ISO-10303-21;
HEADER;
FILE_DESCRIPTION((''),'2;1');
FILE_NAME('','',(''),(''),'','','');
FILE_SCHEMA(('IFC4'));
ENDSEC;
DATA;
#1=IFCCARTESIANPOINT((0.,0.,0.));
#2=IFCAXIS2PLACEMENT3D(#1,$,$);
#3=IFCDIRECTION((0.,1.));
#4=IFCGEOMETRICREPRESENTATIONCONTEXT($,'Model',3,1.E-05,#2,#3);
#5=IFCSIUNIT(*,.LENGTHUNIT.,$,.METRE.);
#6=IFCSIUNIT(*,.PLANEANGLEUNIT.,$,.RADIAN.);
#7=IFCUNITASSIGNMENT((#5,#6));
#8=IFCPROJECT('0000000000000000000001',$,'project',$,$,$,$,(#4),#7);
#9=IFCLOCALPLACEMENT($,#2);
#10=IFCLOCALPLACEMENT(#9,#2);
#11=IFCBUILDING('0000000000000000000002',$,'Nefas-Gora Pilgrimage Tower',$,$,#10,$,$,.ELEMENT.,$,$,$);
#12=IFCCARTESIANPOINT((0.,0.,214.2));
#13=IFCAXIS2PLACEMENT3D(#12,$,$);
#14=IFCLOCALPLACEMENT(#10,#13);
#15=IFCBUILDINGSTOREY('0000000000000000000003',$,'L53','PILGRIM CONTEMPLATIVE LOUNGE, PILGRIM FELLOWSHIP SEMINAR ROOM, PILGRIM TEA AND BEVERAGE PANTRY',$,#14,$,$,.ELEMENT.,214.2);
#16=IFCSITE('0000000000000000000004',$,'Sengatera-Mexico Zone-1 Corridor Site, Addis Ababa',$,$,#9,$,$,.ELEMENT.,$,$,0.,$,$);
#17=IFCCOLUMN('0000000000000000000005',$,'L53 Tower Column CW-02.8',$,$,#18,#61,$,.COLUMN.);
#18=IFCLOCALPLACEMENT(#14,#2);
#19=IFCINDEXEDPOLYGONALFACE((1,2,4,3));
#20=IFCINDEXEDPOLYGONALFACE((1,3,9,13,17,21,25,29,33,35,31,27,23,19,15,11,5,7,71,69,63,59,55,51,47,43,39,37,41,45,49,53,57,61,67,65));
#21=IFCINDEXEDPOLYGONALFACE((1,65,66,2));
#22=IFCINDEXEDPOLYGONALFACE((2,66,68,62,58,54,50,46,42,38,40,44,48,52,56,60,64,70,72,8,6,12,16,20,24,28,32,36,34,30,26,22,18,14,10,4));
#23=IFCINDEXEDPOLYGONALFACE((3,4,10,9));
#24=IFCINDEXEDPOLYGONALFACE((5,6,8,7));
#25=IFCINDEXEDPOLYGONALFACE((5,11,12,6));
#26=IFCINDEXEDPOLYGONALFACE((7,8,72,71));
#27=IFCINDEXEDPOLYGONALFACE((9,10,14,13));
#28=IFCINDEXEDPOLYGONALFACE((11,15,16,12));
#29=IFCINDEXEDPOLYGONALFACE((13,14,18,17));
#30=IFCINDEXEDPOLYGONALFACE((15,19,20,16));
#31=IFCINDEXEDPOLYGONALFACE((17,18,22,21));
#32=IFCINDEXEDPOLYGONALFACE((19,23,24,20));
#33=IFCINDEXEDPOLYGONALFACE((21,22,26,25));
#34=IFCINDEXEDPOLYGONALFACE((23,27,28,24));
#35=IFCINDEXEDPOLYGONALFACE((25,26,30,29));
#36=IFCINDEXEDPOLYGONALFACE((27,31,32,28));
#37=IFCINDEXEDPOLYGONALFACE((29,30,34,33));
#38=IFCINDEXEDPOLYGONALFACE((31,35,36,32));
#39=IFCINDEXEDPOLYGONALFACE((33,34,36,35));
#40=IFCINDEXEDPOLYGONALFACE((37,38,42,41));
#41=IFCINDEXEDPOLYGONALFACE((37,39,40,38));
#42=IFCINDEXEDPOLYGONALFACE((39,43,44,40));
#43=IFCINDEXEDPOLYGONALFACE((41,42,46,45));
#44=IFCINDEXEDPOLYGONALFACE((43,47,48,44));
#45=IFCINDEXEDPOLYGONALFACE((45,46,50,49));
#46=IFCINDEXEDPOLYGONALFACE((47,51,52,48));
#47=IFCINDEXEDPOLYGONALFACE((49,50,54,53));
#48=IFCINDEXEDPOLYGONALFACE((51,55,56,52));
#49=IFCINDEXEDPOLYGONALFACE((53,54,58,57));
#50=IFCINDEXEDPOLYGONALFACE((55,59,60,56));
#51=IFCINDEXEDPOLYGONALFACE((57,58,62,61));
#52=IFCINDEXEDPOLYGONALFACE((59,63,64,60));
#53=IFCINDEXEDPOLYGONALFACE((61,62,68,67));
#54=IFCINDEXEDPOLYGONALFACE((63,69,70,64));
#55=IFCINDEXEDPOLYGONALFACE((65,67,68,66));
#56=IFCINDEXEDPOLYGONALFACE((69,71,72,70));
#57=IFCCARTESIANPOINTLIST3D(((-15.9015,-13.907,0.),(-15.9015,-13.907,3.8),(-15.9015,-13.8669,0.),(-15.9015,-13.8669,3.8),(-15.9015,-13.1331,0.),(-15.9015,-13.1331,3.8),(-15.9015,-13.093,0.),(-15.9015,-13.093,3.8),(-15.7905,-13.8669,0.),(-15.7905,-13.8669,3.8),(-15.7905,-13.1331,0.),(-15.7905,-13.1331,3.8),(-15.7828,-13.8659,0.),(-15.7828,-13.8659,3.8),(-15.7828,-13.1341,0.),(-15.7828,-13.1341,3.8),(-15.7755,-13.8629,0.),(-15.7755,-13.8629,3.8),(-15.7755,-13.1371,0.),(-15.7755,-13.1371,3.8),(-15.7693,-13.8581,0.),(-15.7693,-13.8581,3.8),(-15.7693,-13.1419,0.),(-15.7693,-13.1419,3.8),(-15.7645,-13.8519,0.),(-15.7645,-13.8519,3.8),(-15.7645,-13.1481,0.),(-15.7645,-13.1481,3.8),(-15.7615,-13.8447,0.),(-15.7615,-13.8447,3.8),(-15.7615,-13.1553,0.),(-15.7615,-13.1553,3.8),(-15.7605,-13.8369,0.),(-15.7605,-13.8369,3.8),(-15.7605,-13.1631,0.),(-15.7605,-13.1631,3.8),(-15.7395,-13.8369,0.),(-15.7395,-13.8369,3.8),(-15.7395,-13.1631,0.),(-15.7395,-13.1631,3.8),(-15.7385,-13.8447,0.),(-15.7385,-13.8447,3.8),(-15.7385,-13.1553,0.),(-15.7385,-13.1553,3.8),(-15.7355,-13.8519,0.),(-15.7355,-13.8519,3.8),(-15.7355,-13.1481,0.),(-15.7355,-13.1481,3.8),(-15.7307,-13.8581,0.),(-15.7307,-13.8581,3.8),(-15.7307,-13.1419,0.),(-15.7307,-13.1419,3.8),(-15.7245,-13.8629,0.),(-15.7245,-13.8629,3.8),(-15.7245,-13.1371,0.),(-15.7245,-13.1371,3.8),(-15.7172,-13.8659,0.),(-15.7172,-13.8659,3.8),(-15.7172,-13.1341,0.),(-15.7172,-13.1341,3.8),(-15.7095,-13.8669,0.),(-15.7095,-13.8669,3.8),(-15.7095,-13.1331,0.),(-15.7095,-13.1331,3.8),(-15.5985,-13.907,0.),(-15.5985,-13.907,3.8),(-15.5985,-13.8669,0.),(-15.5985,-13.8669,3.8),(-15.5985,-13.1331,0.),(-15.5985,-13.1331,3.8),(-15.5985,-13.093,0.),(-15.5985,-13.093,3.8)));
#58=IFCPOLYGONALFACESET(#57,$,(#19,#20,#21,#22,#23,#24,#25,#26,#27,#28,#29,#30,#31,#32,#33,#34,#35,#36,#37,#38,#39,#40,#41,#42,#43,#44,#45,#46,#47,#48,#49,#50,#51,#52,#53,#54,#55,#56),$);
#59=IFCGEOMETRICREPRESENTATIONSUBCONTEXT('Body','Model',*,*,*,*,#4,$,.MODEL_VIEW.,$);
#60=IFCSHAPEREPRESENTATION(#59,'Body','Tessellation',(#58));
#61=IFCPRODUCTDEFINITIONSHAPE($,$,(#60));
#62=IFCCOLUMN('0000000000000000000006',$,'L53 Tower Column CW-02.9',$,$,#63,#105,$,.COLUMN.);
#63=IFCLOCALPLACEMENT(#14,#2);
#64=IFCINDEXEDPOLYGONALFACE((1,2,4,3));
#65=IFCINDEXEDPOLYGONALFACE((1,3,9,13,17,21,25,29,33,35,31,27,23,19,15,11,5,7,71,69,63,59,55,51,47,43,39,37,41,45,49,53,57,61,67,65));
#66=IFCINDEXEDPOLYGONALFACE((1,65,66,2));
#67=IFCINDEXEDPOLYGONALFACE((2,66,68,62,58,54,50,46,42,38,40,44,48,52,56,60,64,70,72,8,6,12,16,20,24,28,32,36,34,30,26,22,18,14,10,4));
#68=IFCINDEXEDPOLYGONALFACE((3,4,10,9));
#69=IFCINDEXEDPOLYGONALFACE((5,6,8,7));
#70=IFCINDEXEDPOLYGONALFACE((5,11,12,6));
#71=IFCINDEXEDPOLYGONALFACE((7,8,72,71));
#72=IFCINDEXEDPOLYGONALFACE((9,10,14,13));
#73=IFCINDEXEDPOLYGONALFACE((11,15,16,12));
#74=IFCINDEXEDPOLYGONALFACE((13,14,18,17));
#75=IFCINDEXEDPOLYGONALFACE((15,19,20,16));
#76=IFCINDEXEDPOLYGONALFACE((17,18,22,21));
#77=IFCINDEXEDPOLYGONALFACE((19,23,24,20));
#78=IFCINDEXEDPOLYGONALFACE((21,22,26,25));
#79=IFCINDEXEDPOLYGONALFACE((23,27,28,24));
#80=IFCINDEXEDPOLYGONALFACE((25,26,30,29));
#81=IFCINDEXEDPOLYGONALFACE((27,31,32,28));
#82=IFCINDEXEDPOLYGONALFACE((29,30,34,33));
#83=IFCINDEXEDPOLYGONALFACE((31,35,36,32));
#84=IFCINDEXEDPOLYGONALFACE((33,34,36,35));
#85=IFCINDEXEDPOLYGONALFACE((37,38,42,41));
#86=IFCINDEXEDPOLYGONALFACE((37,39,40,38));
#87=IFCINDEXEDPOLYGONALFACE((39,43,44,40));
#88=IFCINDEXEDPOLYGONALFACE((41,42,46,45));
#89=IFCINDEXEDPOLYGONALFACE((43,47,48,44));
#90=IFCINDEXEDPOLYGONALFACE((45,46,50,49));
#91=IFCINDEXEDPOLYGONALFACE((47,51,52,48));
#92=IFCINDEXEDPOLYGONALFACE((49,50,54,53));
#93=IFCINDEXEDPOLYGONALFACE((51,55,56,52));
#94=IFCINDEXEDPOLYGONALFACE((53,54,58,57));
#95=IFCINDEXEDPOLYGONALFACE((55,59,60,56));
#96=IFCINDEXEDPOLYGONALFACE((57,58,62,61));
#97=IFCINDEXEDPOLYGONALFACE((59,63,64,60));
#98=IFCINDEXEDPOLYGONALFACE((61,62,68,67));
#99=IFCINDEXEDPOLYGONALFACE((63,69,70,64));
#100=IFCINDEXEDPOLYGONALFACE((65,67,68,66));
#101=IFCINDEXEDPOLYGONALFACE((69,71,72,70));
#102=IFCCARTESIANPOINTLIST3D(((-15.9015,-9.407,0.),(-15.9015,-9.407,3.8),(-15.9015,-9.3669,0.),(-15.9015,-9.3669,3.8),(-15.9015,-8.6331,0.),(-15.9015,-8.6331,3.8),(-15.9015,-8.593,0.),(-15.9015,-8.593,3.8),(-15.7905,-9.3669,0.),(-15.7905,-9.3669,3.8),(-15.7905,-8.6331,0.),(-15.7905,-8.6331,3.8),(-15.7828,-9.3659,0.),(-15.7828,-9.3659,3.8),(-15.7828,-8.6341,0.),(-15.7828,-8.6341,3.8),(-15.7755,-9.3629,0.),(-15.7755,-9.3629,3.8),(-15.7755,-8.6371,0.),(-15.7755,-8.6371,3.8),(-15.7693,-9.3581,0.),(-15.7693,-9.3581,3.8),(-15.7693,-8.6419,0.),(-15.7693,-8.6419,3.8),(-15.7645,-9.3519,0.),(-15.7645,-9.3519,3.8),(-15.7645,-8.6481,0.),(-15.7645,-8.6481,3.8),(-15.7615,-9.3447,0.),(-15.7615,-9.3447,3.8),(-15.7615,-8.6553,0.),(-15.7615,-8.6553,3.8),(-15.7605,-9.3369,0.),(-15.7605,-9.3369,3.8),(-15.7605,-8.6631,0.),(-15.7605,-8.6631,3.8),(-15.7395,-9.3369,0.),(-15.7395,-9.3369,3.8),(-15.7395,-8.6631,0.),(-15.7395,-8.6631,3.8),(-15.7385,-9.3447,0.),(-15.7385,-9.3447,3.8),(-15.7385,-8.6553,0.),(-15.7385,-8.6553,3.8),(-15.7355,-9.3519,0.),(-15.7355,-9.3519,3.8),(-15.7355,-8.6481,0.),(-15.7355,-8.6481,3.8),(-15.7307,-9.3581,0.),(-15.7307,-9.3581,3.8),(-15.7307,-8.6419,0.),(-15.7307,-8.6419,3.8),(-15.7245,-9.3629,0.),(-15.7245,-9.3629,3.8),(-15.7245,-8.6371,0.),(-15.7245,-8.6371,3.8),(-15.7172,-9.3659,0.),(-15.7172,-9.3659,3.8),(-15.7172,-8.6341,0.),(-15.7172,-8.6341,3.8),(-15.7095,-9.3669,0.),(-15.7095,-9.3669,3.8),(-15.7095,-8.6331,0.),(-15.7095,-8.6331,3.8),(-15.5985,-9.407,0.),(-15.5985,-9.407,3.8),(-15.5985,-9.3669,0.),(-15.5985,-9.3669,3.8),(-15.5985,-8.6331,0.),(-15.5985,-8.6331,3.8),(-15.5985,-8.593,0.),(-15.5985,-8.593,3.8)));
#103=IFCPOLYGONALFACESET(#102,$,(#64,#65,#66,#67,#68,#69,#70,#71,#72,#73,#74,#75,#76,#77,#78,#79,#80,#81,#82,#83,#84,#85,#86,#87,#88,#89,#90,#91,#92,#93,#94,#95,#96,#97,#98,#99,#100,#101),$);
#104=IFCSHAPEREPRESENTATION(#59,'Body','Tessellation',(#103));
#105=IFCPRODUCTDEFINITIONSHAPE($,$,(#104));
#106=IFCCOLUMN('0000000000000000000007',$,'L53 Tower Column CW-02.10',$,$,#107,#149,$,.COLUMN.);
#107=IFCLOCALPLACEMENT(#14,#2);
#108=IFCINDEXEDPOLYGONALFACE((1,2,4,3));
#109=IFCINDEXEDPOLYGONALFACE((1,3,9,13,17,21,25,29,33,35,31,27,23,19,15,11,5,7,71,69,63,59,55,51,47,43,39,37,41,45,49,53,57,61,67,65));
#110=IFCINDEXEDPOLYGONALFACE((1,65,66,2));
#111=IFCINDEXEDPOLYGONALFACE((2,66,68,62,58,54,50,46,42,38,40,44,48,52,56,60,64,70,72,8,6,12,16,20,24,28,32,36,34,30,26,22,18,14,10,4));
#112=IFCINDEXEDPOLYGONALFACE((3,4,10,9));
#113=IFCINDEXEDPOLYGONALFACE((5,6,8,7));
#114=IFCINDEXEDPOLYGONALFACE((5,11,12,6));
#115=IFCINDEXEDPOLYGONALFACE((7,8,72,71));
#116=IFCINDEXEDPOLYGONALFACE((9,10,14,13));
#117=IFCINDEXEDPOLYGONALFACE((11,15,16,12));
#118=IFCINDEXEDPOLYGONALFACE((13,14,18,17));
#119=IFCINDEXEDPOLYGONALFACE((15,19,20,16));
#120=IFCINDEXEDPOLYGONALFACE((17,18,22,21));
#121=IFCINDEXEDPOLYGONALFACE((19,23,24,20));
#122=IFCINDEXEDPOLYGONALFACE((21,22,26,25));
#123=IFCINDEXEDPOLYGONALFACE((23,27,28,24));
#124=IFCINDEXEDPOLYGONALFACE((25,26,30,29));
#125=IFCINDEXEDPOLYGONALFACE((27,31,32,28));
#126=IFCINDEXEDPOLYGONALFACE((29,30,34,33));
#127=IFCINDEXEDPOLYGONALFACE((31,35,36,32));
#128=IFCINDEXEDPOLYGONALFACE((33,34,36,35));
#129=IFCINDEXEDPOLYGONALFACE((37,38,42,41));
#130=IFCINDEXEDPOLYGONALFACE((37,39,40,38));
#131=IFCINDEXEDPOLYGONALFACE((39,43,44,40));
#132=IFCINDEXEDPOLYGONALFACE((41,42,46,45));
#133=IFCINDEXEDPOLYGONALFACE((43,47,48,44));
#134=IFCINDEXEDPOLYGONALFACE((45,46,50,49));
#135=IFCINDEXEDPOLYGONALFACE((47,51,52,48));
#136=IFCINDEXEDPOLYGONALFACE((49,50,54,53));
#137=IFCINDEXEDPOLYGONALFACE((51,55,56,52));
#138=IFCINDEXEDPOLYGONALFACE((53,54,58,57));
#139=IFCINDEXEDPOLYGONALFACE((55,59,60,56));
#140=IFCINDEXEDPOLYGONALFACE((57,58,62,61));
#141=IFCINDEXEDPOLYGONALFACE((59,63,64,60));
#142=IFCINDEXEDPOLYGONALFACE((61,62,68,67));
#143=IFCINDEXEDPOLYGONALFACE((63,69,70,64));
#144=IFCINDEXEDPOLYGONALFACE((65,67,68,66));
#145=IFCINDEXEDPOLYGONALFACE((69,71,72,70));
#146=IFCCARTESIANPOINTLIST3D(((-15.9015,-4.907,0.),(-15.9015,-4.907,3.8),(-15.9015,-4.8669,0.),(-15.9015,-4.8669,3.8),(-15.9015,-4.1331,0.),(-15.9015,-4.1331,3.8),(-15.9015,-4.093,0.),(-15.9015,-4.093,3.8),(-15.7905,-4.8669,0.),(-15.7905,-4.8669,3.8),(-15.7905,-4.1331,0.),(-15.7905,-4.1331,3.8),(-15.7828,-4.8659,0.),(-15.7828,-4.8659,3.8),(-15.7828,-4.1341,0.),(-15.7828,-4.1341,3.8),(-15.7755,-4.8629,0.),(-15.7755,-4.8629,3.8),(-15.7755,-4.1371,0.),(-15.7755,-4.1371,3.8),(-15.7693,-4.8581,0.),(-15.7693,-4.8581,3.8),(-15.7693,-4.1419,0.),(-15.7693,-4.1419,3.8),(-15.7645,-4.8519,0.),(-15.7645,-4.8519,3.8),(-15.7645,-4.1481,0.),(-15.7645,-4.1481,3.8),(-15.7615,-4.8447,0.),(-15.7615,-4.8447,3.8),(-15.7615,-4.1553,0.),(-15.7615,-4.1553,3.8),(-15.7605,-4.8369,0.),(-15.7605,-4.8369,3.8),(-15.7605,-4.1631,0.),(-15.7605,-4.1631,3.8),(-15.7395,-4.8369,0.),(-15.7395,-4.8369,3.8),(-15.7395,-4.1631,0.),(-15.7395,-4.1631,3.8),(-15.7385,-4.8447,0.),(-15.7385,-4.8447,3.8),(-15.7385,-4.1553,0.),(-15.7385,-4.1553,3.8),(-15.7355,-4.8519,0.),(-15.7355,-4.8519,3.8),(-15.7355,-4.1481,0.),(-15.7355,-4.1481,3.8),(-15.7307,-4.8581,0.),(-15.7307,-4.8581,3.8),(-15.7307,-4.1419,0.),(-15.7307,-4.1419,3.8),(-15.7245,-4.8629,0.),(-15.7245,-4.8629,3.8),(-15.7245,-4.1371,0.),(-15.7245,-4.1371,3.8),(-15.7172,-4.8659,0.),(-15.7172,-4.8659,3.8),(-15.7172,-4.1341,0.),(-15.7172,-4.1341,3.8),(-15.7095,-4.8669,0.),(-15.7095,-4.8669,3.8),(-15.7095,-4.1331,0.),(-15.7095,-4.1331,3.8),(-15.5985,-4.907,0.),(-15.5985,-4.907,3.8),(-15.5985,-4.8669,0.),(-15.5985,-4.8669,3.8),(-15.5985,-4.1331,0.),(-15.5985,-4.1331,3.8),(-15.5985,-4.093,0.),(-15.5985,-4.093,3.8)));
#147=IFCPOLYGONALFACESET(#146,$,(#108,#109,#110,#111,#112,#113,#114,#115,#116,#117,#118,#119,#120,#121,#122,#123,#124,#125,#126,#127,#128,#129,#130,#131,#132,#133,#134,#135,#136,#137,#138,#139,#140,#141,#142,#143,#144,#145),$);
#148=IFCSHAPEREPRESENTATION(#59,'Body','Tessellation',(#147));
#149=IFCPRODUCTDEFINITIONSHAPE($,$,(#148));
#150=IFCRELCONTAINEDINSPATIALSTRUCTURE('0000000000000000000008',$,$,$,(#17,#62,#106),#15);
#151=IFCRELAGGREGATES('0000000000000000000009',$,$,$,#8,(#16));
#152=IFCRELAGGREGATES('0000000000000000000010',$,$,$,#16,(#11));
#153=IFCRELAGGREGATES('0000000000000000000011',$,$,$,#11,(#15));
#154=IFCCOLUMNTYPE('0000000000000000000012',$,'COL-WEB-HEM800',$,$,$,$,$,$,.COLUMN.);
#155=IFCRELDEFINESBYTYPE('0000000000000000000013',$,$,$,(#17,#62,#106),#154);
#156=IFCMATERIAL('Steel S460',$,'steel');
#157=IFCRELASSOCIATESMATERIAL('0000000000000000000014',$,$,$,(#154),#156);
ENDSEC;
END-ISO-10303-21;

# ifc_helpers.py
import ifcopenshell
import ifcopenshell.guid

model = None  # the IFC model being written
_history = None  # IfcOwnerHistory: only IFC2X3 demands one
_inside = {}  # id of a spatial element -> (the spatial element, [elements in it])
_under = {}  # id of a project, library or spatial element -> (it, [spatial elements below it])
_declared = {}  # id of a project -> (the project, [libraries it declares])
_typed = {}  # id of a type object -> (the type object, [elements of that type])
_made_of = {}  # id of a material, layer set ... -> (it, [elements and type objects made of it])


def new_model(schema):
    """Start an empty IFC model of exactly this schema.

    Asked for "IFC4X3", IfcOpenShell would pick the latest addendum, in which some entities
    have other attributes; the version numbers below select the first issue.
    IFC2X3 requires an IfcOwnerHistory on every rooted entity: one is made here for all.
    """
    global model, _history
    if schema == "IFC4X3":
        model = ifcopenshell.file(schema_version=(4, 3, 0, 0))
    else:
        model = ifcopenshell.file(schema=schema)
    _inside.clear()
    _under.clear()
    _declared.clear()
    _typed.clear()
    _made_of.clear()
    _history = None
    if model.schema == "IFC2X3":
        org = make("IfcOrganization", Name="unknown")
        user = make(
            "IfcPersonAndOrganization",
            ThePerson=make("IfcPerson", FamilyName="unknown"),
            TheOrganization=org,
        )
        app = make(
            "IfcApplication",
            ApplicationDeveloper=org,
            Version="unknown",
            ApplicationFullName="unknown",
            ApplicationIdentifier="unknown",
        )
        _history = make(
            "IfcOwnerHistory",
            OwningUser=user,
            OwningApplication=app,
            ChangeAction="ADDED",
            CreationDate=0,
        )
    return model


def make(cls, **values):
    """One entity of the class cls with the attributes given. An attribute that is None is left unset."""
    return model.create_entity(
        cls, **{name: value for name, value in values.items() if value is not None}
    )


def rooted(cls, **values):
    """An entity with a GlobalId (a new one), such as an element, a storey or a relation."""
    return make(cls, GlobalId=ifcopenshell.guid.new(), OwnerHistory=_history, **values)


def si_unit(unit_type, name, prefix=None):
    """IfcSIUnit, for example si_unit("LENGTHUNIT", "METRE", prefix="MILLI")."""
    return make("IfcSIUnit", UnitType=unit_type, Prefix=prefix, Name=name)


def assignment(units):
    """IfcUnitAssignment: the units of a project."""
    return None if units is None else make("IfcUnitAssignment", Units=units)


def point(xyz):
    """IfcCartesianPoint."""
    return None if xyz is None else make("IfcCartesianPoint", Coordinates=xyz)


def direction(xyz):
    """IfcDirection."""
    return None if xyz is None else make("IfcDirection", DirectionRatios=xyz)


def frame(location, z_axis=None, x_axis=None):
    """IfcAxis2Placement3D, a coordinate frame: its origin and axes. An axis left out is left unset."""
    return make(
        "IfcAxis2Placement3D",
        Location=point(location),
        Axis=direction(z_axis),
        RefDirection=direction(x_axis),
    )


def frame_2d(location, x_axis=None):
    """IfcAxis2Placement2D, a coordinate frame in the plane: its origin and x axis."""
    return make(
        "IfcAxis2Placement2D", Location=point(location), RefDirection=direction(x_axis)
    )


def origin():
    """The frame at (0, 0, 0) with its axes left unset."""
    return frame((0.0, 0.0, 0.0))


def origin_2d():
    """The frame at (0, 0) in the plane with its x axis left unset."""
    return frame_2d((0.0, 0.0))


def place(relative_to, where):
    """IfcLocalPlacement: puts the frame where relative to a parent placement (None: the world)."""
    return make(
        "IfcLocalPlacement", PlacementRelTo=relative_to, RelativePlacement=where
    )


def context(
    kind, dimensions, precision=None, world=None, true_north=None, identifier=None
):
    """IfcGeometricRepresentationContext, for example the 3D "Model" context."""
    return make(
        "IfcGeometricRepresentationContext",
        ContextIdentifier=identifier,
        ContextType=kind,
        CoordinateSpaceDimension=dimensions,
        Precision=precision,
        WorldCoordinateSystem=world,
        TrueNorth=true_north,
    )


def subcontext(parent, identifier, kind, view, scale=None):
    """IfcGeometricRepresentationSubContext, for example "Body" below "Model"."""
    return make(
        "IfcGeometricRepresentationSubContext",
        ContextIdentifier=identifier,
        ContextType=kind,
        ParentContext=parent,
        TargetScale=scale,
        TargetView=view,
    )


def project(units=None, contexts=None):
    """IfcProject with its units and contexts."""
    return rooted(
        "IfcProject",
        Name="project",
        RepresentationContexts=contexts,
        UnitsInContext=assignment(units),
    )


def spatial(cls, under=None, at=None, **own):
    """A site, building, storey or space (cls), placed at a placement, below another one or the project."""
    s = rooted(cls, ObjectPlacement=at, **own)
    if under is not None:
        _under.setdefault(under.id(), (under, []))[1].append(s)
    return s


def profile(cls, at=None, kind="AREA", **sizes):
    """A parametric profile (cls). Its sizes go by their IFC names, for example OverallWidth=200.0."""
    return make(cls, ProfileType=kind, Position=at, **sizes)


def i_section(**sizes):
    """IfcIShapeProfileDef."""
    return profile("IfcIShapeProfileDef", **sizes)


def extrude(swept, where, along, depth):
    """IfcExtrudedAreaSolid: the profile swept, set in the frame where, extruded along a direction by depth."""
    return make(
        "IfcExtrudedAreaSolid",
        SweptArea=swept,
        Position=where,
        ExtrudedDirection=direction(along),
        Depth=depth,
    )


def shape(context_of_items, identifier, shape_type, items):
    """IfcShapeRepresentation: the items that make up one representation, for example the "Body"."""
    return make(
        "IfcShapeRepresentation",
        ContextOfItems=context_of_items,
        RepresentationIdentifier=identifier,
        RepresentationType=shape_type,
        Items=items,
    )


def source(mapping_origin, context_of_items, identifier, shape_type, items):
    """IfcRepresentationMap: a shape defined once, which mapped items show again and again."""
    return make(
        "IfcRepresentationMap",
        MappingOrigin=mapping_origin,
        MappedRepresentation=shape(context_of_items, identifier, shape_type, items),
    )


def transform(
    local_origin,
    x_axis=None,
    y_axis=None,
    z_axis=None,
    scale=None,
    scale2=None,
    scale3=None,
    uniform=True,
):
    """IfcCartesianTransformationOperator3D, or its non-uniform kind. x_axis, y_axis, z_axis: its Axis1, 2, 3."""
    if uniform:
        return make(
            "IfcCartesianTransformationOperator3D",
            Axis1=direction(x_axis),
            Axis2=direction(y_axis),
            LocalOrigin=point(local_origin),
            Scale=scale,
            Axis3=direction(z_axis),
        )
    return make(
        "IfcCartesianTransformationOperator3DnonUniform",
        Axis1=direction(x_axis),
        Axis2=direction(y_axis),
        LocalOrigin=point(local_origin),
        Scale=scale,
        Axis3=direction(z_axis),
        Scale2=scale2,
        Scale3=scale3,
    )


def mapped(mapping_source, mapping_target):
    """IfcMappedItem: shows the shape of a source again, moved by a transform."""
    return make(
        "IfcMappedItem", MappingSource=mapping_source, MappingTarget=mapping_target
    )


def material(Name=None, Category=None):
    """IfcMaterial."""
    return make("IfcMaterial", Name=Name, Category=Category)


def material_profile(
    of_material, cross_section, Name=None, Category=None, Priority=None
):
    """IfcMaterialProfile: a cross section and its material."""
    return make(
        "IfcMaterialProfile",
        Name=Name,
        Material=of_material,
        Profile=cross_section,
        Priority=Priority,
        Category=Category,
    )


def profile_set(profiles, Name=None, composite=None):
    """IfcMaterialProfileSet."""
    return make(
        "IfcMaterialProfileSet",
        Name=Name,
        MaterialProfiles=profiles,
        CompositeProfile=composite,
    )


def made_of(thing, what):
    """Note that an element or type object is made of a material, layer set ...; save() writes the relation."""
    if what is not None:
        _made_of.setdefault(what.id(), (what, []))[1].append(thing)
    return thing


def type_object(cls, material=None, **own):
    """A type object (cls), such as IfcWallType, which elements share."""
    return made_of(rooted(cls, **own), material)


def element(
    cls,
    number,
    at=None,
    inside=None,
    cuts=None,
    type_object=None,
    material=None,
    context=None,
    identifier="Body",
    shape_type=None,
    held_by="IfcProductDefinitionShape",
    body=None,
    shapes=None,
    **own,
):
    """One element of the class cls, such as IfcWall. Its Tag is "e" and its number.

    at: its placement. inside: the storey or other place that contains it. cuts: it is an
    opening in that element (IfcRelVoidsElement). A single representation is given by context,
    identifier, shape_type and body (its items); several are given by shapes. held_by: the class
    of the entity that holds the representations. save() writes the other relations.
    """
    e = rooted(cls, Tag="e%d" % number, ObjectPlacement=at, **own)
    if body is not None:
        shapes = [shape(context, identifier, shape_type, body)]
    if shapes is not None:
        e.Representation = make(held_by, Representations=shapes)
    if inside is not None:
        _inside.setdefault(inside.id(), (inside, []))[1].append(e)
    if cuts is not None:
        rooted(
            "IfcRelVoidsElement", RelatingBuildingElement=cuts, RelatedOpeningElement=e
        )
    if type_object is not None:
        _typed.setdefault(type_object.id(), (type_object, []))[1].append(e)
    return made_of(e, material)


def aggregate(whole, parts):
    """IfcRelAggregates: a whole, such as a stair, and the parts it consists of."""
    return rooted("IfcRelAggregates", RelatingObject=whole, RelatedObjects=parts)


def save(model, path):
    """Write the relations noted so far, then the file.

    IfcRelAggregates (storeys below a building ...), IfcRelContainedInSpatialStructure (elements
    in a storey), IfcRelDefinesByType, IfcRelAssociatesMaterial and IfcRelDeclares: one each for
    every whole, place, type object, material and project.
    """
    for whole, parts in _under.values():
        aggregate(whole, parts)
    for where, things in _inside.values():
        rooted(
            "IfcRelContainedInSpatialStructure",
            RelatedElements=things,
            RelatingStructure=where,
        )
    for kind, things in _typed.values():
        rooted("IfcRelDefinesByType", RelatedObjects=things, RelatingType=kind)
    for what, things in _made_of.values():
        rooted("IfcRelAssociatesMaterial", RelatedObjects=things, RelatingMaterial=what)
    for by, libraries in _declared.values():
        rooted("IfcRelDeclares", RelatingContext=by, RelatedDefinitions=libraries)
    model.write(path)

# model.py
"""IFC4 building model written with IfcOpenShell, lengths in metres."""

from ifc_helpers import new_model, si_unit, direction, frame, origin, origin_2d, place, context, subcontext, project, spatial, i_section, extrude, source, transform, mapped, material, material_profile, profile_set, type_object, element, save


model = new_model("IFC4")

# Units and contexts
model_context = context("Model", 3, precision=1e-05, world=origin(), true_north=direction((0.0, 1.0)))
body_context = subcontext(model_context, "Body", "Model", "MODEL_VIEW")
ifc_project = project(units=[si_unit("LENGTHUNIT", "METRE"), si_unit("PLANEANGLEUNIT", "RADIAN")], contexts=[model_context])

# Site, building, storey
site_placement = place(None, origin())
site = spatial("IfcSite", under=ifc_project, at=site_placement, Name="Sengatera-Mexico Zone-1 Corridor Site, Addis Ababa", CompositionType="ELEMENT", RefElevation=0.0)
building_placement = place(site_placement, origin())
building = spatial("IfcBuilding", under=site, at=building_placement, Name="Nefas-Gora Pilgrimage Tower", CompositionType="ELEMENT")
storey_placement = place(building_placement, frame((0.0, 0.0, 214.2)))
storey = spatial("IfcBuildingStorey", under=building, at=storey_placement, Name="L53", Description="PILGRIM CONTEMPLATIVE LOUNGE, PILGRIM FELLOWSHIP SEMINAR ROOM, PILGRIM TEA AND BEVERAGE PANTRY", CompositionType="ELEMENT", Elevation=214.2)

# Columns
ifc_material_1 = material(Name="Steel S460", Category="steel")
ifc_material_profile_1 = material_profile(ifc_material_1, i_section(OverallWidth=0.303, OverallDepth=0.814, WebThickness=0.021, FlangeThickness=0.04, FilletRadius=0.03, at=origin_2d()), Name="HEM 800")
ifc_profile_set_1 = profile_set([ifc_material_profile_1], Name="Steel S460")
column_type_1 = type_object("IfcColumnType", Name="COL-WEB-HEM800", PredefinedType="COLUMN", material=ifc_profile_set_1)
shared_shape_1 = source(origin(), body_context, "Body", "SweptSolid", [
    extrude(i_section(OverallWidth=0.303, OverallDepth=0.814, WebThickness=0.021, FlangeThickness=0.04, FilletRadius=0.03, at=origin_2d()), origin(), (0.0, 0.0, 1.0), 3.8),
])
for number, where, z_axis, x_axis, name in (
    (1, (-15.75, -13.5, 0.0), (0.0, 0.0, 1.0), (1.0, 0.0, 0.0), "L53 Tower Column CW-02.8"),
    (2, (-15.75, -9.0, 0.0), (0.0, 0.0, 1.0), (1.0, 0.0, 0.0), "L53 Tower Column CW-02.9"),
    (3, (-15.75, -4.5, 0.0), (0.0, 0.0, 1.0), (1.0, 0.0, 0.0), "L53 Tower Column CW-02.10"),
):
    element("IfcColumn", number, at=place(storey_placement, frame(where, z_axis=z_axis, x_axis=x_axis)), inside=storey, type_object=column_type_1, Name=name, PredefinedType="COLUMN", context=body_context, shape_type="MappedRepresentation", body=[
        mapped(shared_shape_1, transform((0.0, 0.0, 0.0), x_axis=(1.0, 0.0, 0.0), y_axis=(0.0, 1.0, 0.0), z_axis=(0.0, 0.0, 1.0), scale=1.0)),
    ])

save(model, "model.ifc")
